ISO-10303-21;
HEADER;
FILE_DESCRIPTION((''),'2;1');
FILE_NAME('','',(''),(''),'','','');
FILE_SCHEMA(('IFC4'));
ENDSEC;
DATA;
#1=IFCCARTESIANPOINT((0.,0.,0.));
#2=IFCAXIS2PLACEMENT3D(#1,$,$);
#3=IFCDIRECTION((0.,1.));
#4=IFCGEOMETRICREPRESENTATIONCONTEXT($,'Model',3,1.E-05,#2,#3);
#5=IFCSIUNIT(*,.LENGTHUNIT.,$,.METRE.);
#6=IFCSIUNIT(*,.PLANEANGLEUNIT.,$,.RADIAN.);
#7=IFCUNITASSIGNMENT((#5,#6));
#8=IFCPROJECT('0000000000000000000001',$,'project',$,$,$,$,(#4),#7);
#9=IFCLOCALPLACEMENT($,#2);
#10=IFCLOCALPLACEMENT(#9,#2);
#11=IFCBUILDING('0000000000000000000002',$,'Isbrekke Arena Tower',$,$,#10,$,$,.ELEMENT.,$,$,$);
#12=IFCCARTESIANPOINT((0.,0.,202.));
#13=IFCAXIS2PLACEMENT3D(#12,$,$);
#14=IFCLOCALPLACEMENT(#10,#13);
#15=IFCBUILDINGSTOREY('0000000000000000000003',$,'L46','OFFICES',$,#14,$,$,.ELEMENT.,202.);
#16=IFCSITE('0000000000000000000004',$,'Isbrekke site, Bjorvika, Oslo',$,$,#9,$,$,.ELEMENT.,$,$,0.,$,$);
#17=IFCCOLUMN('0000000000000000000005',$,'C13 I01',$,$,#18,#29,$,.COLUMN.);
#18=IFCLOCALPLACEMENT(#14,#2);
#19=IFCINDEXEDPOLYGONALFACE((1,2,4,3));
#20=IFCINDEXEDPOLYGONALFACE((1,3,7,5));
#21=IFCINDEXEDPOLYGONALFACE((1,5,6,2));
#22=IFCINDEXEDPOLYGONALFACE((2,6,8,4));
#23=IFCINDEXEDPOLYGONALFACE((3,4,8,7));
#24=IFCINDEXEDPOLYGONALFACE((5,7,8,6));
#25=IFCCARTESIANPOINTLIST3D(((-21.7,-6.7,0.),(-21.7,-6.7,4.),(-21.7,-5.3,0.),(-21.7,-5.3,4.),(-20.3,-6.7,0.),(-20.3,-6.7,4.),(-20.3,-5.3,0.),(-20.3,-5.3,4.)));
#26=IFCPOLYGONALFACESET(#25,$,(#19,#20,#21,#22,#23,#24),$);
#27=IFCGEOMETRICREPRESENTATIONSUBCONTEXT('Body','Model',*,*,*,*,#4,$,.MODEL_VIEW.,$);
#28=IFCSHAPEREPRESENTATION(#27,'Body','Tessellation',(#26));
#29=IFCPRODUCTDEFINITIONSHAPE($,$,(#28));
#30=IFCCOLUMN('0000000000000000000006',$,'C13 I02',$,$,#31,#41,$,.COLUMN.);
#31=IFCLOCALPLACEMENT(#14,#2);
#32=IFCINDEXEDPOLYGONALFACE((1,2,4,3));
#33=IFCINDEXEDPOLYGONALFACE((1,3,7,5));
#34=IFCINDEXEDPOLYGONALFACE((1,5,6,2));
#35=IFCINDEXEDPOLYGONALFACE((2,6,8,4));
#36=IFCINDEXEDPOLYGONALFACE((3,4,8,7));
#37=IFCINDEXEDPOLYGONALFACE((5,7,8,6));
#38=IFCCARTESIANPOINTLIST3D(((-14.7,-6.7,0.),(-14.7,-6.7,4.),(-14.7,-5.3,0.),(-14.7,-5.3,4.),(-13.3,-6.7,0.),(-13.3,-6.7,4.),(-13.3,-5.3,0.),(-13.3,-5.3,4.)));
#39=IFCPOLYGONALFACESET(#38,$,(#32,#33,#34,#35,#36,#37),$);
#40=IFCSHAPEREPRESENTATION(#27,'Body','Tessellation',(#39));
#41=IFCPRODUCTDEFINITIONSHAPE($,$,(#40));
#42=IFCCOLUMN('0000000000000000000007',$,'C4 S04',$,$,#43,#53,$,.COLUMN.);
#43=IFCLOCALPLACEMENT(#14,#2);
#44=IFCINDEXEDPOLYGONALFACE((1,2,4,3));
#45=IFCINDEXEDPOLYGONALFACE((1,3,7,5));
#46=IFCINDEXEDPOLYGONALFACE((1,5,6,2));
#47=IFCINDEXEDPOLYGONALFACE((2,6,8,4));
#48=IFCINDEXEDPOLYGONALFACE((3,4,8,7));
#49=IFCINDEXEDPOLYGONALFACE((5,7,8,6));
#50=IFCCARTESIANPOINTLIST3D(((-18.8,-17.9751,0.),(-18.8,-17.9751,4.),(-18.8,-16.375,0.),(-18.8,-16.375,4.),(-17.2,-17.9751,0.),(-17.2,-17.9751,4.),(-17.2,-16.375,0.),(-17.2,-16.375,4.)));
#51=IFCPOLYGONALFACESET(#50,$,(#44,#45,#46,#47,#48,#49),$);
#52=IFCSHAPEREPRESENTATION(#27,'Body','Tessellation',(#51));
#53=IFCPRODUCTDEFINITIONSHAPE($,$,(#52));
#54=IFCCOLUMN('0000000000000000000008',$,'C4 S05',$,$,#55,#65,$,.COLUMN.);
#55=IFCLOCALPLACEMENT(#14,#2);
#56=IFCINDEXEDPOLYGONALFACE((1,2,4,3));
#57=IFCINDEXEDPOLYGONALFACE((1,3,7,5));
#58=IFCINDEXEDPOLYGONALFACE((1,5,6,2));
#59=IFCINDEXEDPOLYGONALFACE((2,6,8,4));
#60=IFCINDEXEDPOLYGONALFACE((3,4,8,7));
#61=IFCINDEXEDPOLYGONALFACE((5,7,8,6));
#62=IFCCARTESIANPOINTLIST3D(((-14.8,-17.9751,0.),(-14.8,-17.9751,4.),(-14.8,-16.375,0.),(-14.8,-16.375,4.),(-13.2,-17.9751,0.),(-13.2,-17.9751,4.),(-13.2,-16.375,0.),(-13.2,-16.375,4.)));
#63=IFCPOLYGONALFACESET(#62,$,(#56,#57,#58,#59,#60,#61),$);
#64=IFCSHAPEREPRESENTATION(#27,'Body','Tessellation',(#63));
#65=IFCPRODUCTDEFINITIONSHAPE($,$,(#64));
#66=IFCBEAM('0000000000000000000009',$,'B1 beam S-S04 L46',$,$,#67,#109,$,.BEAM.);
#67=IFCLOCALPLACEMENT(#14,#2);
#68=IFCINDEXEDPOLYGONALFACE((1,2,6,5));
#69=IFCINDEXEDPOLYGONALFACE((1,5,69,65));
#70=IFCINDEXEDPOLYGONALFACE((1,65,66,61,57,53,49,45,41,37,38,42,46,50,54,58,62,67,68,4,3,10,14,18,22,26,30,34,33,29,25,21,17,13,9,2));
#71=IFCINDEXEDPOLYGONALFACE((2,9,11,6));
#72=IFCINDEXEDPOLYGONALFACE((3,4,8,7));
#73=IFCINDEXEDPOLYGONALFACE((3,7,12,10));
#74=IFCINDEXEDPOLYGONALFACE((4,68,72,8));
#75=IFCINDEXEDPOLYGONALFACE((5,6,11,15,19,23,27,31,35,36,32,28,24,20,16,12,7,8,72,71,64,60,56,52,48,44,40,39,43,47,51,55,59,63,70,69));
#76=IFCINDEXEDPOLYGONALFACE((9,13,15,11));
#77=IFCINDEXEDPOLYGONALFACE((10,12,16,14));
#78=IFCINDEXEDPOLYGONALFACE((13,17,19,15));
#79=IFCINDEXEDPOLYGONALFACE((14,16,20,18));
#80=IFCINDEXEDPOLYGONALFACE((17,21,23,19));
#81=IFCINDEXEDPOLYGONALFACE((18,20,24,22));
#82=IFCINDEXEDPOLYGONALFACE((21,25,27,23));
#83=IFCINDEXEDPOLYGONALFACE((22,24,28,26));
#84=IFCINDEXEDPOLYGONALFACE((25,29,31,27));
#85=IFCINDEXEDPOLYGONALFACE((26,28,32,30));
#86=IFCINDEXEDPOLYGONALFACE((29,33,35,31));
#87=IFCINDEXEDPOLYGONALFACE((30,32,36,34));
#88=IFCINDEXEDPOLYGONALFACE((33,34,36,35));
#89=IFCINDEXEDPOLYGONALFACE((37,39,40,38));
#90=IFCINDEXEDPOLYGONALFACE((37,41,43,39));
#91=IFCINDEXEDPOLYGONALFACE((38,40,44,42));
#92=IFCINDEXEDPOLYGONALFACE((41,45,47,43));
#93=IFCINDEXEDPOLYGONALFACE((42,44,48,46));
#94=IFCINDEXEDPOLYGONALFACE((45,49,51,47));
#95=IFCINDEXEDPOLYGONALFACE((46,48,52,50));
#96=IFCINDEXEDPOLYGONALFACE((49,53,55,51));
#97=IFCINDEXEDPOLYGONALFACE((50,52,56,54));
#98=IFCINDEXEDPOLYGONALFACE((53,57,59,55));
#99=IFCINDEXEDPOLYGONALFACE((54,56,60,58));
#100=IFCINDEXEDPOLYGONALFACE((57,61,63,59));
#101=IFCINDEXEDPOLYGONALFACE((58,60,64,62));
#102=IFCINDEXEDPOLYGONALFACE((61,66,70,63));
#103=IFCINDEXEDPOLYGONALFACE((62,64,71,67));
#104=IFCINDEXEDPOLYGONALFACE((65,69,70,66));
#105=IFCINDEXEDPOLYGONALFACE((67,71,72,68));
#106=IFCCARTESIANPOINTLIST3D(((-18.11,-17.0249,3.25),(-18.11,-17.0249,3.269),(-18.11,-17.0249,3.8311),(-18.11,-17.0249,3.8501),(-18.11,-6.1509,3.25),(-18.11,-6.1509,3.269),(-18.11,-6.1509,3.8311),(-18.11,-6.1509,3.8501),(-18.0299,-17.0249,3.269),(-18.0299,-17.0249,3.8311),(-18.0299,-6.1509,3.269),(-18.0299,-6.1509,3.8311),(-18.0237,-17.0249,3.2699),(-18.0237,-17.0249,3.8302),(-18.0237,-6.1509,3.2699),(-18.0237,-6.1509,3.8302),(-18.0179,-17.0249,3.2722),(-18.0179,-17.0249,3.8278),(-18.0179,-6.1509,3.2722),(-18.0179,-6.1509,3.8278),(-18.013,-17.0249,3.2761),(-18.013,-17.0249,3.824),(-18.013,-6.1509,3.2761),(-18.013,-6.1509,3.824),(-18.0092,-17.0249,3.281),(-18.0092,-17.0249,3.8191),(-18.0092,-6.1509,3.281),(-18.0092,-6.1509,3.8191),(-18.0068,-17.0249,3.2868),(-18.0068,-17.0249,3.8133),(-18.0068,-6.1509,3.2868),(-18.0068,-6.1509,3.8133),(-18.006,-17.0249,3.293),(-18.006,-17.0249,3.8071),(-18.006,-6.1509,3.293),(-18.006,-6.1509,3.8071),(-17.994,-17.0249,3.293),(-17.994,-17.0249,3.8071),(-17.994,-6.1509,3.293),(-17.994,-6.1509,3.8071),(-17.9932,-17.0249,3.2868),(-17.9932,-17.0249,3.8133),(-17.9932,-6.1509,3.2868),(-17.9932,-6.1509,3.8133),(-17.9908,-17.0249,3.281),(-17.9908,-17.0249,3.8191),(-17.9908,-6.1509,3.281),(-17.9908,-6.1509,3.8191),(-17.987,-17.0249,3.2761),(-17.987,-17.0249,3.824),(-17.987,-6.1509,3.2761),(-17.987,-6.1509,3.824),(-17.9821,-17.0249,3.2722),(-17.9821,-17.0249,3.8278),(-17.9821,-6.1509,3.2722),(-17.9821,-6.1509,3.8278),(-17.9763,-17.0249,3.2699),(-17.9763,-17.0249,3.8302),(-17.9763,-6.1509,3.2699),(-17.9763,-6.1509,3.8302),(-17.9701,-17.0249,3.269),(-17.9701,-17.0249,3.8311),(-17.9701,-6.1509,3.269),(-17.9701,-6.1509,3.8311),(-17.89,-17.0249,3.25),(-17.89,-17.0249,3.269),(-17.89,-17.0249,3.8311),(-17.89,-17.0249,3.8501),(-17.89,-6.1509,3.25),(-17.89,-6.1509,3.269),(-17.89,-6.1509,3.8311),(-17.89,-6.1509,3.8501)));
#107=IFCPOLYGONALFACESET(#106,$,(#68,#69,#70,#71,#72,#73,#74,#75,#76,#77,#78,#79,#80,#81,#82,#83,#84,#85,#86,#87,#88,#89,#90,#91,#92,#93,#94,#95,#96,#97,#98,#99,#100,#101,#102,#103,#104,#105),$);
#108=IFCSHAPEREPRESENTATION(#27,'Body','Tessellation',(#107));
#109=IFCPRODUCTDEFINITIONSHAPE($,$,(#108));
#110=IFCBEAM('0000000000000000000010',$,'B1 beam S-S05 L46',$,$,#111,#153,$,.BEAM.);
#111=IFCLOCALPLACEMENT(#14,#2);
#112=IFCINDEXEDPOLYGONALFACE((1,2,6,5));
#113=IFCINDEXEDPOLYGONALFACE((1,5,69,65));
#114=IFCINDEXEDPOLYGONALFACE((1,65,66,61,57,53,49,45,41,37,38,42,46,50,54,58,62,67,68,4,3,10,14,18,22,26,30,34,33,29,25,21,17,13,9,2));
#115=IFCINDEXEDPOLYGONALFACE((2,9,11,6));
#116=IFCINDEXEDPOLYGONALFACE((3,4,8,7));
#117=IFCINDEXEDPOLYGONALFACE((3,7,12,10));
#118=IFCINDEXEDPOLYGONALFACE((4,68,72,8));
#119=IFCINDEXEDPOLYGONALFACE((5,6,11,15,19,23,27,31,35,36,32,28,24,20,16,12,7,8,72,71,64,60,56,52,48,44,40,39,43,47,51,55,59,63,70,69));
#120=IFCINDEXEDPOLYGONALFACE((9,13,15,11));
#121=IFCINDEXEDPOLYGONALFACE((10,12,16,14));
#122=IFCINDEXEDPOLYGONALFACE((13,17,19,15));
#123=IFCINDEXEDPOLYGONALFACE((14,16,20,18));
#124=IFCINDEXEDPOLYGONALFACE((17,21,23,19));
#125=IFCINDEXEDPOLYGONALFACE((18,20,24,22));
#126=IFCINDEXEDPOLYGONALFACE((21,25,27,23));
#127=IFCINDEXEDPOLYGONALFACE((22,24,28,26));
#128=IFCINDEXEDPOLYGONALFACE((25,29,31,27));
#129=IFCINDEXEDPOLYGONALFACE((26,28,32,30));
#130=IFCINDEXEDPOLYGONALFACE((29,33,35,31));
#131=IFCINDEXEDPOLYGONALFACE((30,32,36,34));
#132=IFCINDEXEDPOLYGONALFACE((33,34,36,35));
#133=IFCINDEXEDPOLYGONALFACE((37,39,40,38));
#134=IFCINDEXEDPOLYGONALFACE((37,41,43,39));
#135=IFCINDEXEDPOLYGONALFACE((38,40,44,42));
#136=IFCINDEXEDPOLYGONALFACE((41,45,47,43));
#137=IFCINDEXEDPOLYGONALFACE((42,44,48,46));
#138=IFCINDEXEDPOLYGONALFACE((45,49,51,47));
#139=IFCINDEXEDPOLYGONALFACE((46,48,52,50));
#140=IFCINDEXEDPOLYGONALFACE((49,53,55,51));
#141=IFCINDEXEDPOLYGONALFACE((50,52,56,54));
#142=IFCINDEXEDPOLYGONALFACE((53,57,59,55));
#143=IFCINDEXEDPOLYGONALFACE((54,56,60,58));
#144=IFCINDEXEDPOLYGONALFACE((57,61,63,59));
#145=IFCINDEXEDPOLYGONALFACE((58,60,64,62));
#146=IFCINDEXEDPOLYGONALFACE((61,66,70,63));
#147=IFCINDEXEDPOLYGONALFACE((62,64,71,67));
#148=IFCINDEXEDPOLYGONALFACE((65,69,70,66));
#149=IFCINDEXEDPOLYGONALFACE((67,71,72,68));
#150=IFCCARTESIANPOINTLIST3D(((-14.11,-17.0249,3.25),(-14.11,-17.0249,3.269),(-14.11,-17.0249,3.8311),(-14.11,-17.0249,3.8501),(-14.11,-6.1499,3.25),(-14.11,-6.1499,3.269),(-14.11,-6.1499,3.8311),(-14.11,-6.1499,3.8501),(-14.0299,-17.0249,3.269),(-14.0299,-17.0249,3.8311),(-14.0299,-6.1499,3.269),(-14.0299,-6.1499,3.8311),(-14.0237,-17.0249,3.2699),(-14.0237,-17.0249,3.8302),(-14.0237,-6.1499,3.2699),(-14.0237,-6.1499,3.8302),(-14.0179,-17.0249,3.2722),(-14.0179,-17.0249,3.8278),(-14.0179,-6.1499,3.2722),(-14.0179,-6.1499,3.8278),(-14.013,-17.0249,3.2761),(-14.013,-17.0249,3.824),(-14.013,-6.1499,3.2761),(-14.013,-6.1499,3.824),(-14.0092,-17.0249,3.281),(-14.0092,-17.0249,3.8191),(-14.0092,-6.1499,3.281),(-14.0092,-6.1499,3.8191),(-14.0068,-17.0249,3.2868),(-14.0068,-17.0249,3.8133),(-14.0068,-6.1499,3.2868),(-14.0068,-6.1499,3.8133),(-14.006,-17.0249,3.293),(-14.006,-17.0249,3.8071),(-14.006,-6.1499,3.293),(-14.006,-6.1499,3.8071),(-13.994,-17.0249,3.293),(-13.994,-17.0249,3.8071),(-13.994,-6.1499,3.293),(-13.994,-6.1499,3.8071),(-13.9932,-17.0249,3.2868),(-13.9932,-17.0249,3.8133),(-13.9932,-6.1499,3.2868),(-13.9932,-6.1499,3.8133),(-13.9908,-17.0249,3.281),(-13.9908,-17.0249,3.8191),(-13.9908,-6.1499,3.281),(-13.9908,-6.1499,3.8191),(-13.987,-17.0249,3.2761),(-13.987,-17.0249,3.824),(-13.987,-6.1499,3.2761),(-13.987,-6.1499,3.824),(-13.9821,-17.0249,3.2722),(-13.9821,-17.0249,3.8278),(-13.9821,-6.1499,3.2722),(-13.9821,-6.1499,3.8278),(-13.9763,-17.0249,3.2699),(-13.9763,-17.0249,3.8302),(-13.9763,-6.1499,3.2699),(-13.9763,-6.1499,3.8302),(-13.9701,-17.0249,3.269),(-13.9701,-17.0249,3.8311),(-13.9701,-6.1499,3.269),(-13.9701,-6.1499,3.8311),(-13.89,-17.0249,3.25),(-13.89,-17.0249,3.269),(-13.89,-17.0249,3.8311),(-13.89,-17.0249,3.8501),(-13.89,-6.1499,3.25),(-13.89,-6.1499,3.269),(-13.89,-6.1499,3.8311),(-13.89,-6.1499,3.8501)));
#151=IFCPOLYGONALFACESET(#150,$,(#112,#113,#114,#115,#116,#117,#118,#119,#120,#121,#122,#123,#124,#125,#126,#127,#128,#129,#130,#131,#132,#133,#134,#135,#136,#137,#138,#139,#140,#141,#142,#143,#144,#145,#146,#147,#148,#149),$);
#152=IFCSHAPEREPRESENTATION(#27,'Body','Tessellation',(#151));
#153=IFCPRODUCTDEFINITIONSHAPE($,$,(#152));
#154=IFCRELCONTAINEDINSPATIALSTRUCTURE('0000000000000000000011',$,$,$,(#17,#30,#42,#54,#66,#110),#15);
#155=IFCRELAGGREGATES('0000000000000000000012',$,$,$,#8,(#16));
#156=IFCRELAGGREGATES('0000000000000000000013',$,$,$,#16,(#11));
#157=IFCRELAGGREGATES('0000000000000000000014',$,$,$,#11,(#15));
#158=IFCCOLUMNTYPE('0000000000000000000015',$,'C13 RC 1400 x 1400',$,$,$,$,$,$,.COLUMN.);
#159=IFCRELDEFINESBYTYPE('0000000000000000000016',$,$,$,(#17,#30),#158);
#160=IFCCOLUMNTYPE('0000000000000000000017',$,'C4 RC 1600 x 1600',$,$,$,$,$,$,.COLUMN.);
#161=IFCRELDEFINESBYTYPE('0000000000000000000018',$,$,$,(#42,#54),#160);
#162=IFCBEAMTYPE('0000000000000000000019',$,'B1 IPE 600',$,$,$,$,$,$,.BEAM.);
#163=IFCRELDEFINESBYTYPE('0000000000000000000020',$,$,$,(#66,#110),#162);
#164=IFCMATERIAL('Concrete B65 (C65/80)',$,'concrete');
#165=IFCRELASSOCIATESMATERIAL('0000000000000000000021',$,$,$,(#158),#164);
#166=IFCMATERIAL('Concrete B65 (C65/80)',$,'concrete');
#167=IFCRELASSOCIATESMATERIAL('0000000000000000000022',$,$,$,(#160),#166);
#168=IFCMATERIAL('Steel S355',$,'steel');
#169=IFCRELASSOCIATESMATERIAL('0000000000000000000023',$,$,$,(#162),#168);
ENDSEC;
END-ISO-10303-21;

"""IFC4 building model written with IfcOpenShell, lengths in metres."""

from ifc_helpers import new_model, si_unit, direction, frame, origin, origin_2d, place, context, subcontext, project, spatial, rectangle, i_section, extrude, material, material_profile, profile_set, type_object, element, save


model = new_model("IFC4")

# Units and contexts
model_context = context("Model", 3, precision=1e-05, world=origin(), true_north=direction((0.0, 1.0)))
body_context = subcontext(model_context, "Body", "Model", "MODEL_VIEW")
ifc_project = project(units=[si_unit("LENGTHUNIT", "METRE"), si_unit("PLANEANGLEUNIT", "RADIAN")], contexts=[model_context])

# Site, building, storey
site_placement = place(None, origin())
site = spatial("IfcSite", under=ifc_project, at=site_placement, Name="Isbrekke site, Bjorvika, Oslo", CompositionType="ELEMENT", RefElevation=0.0)
building_placement = place(site_placement, origin())
building = spatial("IfcBuilding", under=site, at=building_placement, Name="Isbrekke Arena Tower", CompositionType="ELEMENT")
storey_placement = place(building_placement, frame((0.0, 0.0, 202.0)))
storey = spatial("IfcBuildingStorey", under=building, at=storey_placement, Name="L46", Description="OFFICES", CompositionType="ELEMENT", Elevation=202.0)

# Columns
ifc_material_1 = material(Name="Concrete B65 (C65/80)", Category="concrete")
ifc_material_profile_1 = material_profile(ifc_material_1, rectangle(XDim=1.3999, YDim=1.3999, at=origin_2d()), Name="RC 1400x1400")
ifc_profile_set_1 = profile_set([ifc_material_profile_1], Name="Concrete B65 (C65/80)")
column_type_1 = type_object("IfcColumnType", Name="C13 RC 1400 x 1400", PredefinedType="COLUMN", material=ifc_profile_set_1)
for number, where, z_axis, x_axis, name in (
    (1, (-21.0, -6.0, 0.0), (0.0, 0.0, 1.0), (1.0, 0.0, 0.0), "C13 I01"),
    (2, (-14.0, -6.0, 0.0), (0.0, 0.0, 1.0), (1.0, 0.0, 0.0), "C13 I02"),
):
    element("IfcColumn", number, at=place(storey_placement, frame(where, z_axis=z_axis, x_axis=x_axis)), inside=storey, type_object=column_type_1, Name=name, PredefinedType="COLUMN", context=body_context, shape_type="SweptSolid", body=[
        extrude(rectangle(XDim=1.3999, YDim=1.3999, at=origin_2d()), origin(), (0.0, 0.0, 1.0), 4.0),
    ])
ifc_material_2 = material(Name="Concrete B65 (C65/80)", Category="concrete")
ifc_material_profile_2 = material_profile(ifc_material_2, rectangle(XDim=1.6001, YDim=1.6001, at=origin_2d()), Name="RC 1600x1600")
ifc_profile_set_2 = profile_set([ifc_material_profile_2], Name="Concrete B65 (C65/80)")
column_type_2 = type_object("IfcColumnType", Name="C4 RC 1600 x 1600", PredefinedType="COLUMN", material=ifc_profile_set_2)
for number, where, z_axis, x_axis, name in (
    (3, (-18.0, -17.175, 0.0), (0.0, 0.0, 1.0), (1.0, 0.0, 0.0), "C4 S04"),
    (4, (-14.0, -17.175, 0.0), (0.0, 0.0, 1.0), (1.0, 0.0, 0.0), "C4 S05"),
):
    element("IfcColumn", number, at=place(storey_placement, frame(where, z_axis=z_axis, x_axis=x_axis)), inside=storey, type_object=column_type_2, Name=name, PredefinedType="COLUMN", context=body_context, shape_type="SweptSolid", body=[
        extrude(rectangle(XDim=1.6001, YDim=1.6001, at=origin_2d()), origin(), (0.0, 0.0, 1.0), 4.0),
    ])

# Beams
ifc_material_3 = material(Name="Steel S355", Category="steel")
ifc_material_profile_3 = material_profile(ifc_material_3, i_section(OverallWidth=0.22, OverallDepth=0.6001, WebThickness=0.012, FlangeThickness=0.019, FilletRadius=0.0239, at=origin_2d()), Name="IPE 600")
ifc_profile_set_3 = profile_set([ifc_material_profile_3], Name="Steel S355")
beam_type_1 = type_object("IfcBeamType", Name="B1 IPE 600", PredefinedType="BEAM", material=ifc_profile_set_3)
beam_1_placement = place(storey_placement, frame((-18.0, -17.0249, 3.55), z_axis=(0.0, 1.0, 0.0), x_axis=(-1.0, 0.0, 0.0)))
element("IfcBeam", 5, at=beam_1_placement, inside=storey, type_object=beam_type_1, Name="B1 beam S-S04 L46", PredefinedType="BEAM", context=body_context, shape_type="SweptSolid", body=[
    extrude(i_section(OverallWidth=0.22, OverallDepth=0.6001, WebThickness=0.012, FlangeThickness=0.019, FilletRadius=0.0239, at=origin_2d()), origin(), (0.0, 0.0, 1.0), 10.874),
])
beam_2_placement = place(storey_placement, frame((-14.0, -17.0249, 3.55), z_axis=(0.0, 1.0, 0.0), x_axis=(-1.0, 0.0, 0.0)))
element("IfcBeam", 6, at=beam_2_placement, inside=storey, type_object=beam_type_1, Name="B1 beam S-S05 L46", PredefinedType="BEAM", context=body_context, shape_type="SweptSolid", body=[
    extrude(i_section(OverallWidth=0.22, OverallDepth=0.6001, WebThickness=0.012, FlangeThickness=0.019, FilletRadius=0.0239, at=origin_2d()), origin(), (0.0, 0.0, 1.0), 10.875),
])

save(model, "model.ifc")
